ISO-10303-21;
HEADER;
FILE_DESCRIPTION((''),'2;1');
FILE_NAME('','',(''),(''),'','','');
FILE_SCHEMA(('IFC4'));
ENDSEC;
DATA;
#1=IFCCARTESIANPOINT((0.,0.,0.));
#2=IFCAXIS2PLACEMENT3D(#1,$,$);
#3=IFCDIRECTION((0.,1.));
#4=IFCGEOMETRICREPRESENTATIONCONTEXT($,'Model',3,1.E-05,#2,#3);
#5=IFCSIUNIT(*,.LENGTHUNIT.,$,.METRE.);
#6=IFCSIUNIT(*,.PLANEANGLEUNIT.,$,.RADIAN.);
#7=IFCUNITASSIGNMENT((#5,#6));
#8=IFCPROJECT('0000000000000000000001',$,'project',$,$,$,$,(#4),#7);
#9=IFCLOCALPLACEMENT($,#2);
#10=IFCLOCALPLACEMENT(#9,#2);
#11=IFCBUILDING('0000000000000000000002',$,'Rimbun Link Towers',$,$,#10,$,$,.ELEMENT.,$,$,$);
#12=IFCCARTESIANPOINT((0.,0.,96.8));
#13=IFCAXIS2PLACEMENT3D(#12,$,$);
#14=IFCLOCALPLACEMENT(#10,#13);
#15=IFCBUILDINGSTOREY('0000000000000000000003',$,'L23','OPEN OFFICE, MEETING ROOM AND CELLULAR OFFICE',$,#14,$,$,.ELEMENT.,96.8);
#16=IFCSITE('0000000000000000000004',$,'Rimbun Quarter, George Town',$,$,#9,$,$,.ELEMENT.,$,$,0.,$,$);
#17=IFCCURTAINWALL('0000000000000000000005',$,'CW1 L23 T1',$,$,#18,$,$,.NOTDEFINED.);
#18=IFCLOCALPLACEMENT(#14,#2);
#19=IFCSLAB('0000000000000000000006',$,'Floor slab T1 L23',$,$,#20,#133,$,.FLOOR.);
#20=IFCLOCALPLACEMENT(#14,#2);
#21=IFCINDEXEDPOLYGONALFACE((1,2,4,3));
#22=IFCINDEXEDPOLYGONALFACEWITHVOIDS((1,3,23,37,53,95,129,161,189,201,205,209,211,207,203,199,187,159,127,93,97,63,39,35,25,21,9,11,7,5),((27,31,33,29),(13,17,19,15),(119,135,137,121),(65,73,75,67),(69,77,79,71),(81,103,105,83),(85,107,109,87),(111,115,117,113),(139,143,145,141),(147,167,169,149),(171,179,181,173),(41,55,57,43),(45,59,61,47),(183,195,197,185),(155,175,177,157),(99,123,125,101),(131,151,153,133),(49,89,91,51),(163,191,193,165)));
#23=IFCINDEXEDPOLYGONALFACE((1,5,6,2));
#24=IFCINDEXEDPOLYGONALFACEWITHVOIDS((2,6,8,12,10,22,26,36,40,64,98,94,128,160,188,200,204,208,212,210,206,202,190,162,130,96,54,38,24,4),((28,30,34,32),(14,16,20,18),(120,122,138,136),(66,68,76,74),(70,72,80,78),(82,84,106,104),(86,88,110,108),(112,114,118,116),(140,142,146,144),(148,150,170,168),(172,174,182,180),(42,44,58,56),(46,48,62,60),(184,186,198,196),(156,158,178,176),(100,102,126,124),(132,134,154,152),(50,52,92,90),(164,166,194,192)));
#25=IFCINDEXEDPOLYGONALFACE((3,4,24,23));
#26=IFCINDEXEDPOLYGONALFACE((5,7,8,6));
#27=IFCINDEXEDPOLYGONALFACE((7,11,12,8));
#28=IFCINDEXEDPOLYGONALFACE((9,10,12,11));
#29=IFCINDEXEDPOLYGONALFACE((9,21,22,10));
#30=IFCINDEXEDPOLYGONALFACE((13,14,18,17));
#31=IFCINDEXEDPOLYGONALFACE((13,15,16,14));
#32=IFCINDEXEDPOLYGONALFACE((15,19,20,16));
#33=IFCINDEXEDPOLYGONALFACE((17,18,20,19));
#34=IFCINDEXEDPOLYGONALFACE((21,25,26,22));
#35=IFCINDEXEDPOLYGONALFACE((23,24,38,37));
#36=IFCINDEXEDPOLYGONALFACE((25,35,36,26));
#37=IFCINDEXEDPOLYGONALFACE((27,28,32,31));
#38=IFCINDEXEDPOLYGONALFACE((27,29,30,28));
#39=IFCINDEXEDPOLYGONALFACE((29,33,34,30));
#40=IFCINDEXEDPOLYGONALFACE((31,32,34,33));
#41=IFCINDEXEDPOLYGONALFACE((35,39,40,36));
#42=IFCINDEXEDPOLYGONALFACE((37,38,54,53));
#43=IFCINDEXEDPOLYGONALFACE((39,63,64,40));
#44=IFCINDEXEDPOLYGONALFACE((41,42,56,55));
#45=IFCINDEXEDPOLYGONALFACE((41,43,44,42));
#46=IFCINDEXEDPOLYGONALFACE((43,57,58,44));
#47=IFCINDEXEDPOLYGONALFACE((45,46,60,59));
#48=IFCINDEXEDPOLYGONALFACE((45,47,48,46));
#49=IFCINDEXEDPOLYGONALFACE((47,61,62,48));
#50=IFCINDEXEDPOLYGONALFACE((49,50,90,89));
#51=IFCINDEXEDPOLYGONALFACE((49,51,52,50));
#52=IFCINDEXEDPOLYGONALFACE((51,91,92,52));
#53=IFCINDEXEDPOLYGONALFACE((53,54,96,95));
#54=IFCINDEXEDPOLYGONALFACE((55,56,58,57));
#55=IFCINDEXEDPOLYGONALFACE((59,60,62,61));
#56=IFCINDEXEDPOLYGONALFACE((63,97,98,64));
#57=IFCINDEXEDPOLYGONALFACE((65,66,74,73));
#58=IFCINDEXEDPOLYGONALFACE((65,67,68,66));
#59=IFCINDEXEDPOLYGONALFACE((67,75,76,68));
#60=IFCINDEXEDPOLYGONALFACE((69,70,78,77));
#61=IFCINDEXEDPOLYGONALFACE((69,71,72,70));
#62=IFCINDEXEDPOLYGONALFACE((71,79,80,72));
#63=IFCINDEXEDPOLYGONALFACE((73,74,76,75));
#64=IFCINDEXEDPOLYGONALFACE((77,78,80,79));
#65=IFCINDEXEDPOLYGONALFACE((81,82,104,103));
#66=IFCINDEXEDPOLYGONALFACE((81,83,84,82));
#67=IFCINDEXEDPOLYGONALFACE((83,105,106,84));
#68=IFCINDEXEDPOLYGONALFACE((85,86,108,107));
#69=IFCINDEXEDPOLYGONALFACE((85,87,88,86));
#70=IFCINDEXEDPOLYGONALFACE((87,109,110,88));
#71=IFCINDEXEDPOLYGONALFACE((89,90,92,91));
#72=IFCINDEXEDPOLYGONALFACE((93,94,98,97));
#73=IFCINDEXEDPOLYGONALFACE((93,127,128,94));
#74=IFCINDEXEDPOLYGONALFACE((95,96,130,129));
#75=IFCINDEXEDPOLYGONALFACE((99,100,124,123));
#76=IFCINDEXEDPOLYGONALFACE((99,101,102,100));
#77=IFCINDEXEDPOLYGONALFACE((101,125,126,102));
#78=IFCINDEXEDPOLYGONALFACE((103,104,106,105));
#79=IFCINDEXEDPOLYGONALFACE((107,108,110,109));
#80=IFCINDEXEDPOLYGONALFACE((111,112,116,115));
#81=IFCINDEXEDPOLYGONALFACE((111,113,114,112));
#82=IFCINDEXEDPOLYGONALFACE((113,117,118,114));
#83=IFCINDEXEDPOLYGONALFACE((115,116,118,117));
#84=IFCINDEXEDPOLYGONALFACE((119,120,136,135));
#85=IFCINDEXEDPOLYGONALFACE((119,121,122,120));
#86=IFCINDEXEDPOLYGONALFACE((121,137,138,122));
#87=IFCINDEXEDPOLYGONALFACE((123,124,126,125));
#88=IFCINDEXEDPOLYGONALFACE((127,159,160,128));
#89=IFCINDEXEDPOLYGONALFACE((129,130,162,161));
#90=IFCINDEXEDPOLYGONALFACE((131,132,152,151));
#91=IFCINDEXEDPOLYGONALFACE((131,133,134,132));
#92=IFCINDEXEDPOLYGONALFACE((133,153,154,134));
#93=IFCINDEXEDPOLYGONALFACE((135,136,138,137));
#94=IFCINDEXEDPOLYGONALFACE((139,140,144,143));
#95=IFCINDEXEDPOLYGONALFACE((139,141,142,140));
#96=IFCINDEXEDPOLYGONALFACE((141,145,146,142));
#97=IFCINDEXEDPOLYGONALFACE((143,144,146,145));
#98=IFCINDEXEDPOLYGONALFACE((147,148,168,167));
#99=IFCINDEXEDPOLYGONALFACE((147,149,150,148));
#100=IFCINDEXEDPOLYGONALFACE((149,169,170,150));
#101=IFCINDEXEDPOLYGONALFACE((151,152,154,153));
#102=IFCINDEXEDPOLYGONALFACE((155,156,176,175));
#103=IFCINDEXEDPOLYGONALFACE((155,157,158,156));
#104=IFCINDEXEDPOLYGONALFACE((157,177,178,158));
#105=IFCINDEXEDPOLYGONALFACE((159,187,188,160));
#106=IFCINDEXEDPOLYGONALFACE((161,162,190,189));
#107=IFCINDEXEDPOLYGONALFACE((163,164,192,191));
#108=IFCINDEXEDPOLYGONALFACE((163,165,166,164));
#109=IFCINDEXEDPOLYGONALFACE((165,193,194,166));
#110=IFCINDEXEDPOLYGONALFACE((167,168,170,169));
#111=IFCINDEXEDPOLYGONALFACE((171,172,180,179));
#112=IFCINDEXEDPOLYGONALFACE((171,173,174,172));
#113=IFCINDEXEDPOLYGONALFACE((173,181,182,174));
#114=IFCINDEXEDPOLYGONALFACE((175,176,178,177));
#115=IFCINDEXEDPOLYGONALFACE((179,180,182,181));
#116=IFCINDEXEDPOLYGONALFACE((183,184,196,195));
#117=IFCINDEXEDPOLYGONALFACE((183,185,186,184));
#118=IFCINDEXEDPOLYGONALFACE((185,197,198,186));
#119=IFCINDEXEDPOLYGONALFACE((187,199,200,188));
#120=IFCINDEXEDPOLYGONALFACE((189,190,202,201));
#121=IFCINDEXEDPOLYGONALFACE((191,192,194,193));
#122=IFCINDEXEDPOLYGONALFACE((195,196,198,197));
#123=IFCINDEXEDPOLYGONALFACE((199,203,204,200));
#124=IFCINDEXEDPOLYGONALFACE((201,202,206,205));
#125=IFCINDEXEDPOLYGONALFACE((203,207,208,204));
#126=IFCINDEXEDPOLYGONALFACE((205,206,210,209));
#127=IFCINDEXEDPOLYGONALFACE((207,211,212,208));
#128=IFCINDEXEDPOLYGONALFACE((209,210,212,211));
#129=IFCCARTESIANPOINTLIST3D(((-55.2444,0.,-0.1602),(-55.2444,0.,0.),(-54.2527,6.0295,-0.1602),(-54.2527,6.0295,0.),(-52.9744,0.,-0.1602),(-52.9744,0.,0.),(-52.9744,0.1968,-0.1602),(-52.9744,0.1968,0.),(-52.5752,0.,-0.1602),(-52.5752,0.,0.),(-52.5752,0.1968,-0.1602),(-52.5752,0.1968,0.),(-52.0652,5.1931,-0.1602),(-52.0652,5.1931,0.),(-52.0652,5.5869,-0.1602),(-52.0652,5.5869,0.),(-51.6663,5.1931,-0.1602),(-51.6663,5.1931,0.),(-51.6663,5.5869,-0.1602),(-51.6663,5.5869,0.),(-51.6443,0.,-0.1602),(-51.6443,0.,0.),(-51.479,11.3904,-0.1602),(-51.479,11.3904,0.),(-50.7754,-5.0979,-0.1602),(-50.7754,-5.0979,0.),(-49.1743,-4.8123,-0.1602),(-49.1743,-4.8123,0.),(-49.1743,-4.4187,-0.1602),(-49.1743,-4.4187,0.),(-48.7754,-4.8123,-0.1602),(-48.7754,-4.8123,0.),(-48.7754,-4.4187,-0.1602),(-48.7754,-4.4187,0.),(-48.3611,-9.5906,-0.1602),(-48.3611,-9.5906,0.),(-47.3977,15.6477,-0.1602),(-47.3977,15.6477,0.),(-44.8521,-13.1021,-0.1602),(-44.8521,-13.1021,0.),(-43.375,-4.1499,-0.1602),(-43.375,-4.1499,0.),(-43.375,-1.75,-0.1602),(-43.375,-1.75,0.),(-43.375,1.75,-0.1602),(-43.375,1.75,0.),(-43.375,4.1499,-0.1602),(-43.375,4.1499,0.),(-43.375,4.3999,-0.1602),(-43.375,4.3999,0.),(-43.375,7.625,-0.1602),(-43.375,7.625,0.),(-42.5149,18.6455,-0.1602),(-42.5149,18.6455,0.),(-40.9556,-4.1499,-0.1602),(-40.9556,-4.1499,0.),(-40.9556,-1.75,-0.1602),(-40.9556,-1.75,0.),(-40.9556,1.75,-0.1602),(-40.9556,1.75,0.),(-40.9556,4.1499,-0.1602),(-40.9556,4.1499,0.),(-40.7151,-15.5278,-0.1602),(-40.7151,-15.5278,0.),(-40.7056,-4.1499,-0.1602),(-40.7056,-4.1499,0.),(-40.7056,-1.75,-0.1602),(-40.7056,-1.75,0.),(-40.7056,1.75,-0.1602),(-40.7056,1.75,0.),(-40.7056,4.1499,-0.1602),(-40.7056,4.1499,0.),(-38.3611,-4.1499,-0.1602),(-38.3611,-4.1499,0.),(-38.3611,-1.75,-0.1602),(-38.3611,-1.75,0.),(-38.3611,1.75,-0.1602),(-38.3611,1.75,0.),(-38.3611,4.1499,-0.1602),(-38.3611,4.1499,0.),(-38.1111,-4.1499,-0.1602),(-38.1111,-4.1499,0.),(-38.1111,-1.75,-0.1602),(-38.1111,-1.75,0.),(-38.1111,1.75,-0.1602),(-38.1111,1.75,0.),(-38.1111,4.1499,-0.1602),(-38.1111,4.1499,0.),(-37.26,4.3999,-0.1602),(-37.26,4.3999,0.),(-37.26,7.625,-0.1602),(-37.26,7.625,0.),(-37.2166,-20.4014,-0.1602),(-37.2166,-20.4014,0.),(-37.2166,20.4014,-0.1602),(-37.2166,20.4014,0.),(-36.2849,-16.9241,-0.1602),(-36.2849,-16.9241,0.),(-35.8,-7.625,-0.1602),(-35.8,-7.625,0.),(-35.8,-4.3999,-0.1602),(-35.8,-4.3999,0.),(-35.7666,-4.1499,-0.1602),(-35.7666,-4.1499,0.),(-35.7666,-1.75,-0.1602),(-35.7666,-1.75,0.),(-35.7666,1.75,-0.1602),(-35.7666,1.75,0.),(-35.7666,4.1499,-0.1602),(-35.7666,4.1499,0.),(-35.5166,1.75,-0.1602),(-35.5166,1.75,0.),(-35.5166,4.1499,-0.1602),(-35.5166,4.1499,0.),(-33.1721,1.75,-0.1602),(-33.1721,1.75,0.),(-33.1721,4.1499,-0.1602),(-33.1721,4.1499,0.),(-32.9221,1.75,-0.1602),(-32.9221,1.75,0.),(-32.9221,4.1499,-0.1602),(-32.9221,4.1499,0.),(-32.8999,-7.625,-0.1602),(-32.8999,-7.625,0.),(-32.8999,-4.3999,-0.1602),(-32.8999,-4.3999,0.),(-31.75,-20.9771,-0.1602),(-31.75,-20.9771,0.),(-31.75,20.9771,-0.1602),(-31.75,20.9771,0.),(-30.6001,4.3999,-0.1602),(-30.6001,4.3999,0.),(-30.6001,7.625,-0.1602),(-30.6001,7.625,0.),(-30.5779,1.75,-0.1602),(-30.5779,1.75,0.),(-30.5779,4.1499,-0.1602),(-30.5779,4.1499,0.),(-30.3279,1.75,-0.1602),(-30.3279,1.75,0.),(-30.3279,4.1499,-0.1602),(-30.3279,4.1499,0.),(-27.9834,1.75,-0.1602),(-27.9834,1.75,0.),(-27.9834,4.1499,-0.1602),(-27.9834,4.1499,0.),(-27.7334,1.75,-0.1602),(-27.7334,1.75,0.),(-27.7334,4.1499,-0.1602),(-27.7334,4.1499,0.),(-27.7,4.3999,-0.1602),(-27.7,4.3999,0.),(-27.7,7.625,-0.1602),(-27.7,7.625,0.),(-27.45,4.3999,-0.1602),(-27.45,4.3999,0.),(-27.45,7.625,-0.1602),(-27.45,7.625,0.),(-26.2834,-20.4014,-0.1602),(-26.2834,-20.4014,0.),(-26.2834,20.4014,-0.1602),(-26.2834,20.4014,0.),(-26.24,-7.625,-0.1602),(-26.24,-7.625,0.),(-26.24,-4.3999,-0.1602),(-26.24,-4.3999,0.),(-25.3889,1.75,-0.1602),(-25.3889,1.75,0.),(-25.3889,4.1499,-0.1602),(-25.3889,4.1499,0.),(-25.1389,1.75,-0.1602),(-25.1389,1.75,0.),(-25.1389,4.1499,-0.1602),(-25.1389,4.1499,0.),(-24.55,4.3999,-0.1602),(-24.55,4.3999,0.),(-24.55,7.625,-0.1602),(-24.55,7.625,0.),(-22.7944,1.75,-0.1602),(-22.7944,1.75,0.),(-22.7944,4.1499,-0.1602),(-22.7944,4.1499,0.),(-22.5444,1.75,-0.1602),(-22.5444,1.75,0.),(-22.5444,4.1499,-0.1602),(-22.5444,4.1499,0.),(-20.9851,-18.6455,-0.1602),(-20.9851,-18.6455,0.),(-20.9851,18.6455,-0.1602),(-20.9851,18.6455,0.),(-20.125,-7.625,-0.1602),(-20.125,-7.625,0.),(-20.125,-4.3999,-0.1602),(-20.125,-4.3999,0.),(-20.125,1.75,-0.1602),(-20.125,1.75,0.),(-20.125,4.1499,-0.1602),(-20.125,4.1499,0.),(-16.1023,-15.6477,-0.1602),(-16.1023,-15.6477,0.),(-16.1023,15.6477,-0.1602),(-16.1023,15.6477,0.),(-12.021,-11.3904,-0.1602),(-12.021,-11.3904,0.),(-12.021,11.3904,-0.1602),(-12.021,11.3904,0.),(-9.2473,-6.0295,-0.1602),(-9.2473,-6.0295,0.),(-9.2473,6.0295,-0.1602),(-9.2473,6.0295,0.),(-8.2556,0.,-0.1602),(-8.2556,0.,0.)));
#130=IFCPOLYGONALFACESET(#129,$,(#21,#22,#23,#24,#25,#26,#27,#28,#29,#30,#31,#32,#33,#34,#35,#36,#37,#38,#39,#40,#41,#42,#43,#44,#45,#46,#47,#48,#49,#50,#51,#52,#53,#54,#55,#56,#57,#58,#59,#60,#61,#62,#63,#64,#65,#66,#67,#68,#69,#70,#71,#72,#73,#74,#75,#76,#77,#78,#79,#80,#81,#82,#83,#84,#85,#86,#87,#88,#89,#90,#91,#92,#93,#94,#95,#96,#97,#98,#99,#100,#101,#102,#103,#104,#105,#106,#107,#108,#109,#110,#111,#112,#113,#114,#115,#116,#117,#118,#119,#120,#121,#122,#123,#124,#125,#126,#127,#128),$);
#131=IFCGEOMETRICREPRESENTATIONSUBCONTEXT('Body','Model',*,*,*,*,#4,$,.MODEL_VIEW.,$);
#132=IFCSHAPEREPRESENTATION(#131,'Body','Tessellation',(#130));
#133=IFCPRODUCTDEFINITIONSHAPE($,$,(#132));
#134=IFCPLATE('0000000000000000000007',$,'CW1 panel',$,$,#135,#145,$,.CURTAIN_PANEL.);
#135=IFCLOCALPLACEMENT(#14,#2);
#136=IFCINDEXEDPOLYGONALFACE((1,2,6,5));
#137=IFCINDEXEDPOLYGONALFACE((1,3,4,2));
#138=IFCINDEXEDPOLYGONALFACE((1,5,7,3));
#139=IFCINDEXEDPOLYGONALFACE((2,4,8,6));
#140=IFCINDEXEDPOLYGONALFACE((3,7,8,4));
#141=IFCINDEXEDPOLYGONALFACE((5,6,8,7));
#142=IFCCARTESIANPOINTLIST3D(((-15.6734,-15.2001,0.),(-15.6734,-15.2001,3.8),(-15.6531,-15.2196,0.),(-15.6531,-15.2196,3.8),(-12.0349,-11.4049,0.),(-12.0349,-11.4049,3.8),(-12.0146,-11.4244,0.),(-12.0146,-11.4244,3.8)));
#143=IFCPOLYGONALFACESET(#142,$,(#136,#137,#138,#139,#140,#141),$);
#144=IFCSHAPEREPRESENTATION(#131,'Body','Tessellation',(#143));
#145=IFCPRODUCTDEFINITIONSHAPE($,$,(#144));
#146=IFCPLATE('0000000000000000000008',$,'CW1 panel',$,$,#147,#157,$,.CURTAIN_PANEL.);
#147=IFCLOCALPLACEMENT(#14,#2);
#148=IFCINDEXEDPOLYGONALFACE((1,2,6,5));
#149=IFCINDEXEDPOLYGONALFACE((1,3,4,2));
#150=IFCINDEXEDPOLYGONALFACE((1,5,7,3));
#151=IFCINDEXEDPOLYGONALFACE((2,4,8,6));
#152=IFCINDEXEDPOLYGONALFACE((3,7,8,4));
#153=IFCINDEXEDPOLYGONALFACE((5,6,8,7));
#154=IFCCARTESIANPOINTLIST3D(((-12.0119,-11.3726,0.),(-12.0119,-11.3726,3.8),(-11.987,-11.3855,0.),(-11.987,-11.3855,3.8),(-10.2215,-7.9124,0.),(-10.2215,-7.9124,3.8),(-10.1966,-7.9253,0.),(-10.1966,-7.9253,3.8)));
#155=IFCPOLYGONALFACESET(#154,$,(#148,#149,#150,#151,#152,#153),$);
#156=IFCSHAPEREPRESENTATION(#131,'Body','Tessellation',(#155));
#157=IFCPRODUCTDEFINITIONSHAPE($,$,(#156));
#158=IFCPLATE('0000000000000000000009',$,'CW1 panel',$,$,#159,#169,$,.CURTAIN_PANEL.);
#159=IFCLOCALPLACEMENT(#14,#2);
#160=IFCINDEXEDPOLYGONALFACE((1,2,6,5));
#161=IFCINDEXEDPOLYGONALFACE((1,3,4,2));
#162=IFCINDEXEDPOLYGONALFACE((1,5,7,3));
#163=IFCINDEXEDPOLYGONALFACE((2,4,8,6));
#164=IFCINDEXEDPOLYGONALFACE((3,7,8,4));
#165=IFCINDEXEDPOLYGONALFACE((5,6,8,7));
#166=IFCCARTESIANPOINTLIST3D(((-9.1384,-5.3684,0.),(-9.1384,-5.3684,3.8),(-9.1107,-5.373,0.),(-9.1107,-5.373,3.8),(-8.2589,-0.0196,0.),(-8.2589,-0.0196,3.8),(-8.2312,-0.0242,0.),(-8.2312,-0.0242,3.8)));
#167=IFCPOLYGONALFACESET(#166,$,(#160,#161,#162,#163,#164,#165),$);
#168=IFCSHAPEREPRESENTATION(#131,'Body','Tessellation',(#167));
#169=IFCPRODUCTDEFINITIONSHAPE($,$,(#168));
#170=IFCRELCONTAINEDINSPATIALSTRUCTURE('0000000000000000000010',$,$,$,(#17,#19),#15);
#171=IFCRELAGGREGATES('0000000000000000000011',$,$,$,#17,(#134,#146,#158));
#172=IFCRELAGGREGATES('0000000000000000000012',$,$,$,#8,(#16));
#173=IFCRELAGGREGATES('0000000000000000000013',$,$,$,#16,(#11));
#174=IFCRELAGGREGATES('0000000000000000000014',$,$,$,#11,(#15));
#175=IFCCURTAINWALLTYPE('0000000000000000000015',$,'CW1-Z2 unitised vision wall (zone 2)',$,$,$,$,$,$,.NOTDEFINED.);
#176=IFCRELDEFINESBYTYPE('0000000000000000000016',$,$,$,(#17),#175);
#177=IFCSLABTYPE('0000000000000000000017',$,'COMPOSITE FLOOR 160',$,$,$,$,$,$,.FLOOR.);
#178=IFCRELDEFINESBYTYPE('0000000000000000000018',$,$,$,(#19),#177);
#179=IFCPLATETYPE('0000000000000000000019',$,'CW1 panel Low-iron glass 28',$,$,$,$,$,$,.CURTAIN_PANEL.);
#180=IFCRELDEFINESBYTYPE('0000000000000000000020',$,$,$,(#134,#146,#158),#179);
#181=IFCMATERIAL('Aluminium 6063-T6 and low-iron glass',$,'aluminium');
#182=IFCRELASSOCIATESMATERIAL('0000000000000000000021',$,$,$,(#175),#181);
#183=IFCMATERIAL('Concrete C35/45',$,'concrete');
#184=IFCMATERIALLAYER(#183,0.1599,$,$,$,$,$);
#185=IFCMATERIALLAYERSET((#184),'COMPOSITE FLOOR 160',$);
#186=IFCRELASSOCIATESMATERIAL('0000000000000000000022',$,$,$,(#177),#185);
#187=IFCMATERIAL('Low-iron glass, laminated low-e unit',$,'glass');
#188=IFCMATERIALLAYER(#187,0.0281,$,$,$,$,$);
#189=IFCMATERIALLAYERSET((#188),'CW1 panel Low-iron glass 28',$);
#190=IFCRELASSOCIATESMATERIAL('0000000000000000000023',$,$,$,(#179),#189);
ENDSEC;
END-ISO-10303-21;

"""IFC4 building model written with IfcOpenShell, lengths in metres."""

from ifc_helpers import new_model, si_unit, direction, frame, origin, origin_2d, place, context, subcontext, project, spatial, polyline, rectangle, outline, extrude, material, layer, layer_set, type_object, element, aggregate, save


model = new_model("IFC4")

# Units and contexts
model_context = context("Model", 3, precision=1e-05, world=origin(), true_north=direction((0.0, 1.0)))
body_context = subcontext(model_context, "Body", "Model", "MODEL_VIEW")
ifc_project = project(units=[si_unit("LENGTHUNIT", "METRE"), si_unit("PLANEANGLEUNIT", "RADIAN")], contexts=[model_context])

# Site, building, storey
site_placement = place(None, origin())
site = spatial("IfcSite", under=ifc_project, at=site_placement, Name="Rimbun Quarter, George Town", CompositionType="ELEMENT", RefElevation=0.0)
building_placement = place(site_placement, origin())
building = spatial("IfcBuilding", under=site, at=building_placement, Name="Rimbun Link Towers", CompositionType="ELEMENT")
storey_placement = place(building_placement, frame((0.0, 0.0, 96.8)))
storey = spatial("IfcBuildingStorey", under=building, at=storey_placement, Name="L23", Description="OPEN OFFICE, MEETING ROOM AND CELLULAR OFFICE", CompositionType="ELEMENT", Elevation=96.8)

# Curtain wall
ifc_material_1 = material(Name="Aluminium 6063-T6 and low-iron glass", Category="aluminium")
curtain_wall_type = type_object("IfcCurtainWallType", Name="CW1-Z2 unitised vision wall (zone 2)", PredefinedType="NOTDEFINED", material=ifc_material_1)
curtain_wall_placement = place(storey_placement, origin())
curtain_wall = element("IfcCurtainWall", 1, at=curtain_wall_placement, inside=storey, type_object=curtain_wall_type, Name="CW1 L23 T1", PredefinedType="NOTDEFINED")

# Slab
ifc_material_2 = material(Name="Concrete C35/45", Category="concrete")
ifc_layer_1 = layer(ifc_material_2, 0.1599)
ifc_layer_set_1 = layer_set([ifc_layer_1], Name="COMPOSITE FLOOR 160")
slab_type = type_object("IfcSlabType", Name="COMPOSITE FLOOR 160", PredefinedType="FLOOR", material=ifc_layer_set_1)
slab_placement = place(storey_placement, frame((0.0, 0.0, -0.1602)))
element("IfcSlab", 2, at=slab_placement, inside=storey, type_object=slab_type, Name="Floor slab T1 L23", PredefinedType="FLOOR", context=body_context, shape_type="SweptSolid", body=[
    extrude(outline(polyline([(-55.2444, 0.0), (-54.2527, 6.0295), (-51.479, 11.3904), (-47.3977, 15.6477), (-42.5149, 18.6455), (-37.2166, 20.4014), (-31.75, 20.9771), (-26.2834, 20.4014), (-20.9851, 18.6455), (-16.1023, 15.6477), (-12.021, 11.3904), (-9.2473, 6.0295), (-8.2556, 0.0), (-9.2473, -6.0295), (-12.021, -11.3904), (-16.1023, -15.6477), (-20.9851, -18.6455), (-26.2834, -20.4014), (-31.75, -20.9771), (-37.2166, -20.4014), (-36.2849, -16.9241), (-40.7151, -15.5278), (-44.8521, -13.1021), (-48.3611, -9.5906), (-50.7754, -5.0979), (-51.6443, 0.0), (-52.5752, 0.0), (-52.5752, 0.1968), (-52.9744, 0.1968), (-52.9744, 0.0), (-55.2444, 0.0)]), holes=[polyline([(-48.7754, -4.8123), (-48.7754, -4.4187), (-49.1743, -4.4187), (-49.1743, -4.8123), (-48.7754, -4.8123)]), polyline([(-40.9556, -4.1499), (-40.9556, -1.75), (-43.375, -1.75), (-43.375, -4.1499), (-40.9556, -4.1499)]), polyline([(-38.3611, -4.1499), (-38.3611, -1.75), (-40.7056, -1.75), (-40.7056, -4.1499), (-38.3611, -4.1499)]), polyline([(-38.1111, -4.1499), (-35.7666, -4.1499), (-35.7666, -1.75), (-38.1111, -1.75), (-38.1111, -4.1499)]), polyline([(-40.9556, 1.75), (-40.9556, 4.1499), (-43.375, 4.1499), (-43.375, 1.75), (-40.9556, 1.75)]), polyline([(-38.3611, 1.75), (-38.3611, 4.1499), (-40.7056, 4.1499), (-40.7056, 1.75), (-38.3611, 1.75)]), polyline([(-35.7666, 1.75), (-35.7666, 4.1499), (-38.1111, 4.1499), (-38.1111, 1.75), (-35.7666, 1.75)]), polyline([(-52.0652, 5.1931), (-51.6663, 5.1931), (-51.6663, 5.5869), (-52.0652, 5.5869), (-52.0652, 5.1931)]), polyline([(-43.375, 4.3999), (-37.26, 4.3999), (-37.26, 7.625), (-43.375, 7.625), (-43.375, 4.3999)]), polyline([(-32.8999, -7.625), (-32.8999, -4.3999), (-35.8, -4.3999), (-35.8, -7.625), (-32.8999, -7.625)]), polyline([(-20.125, -7.625), (-20.125, -4.3999), (-26.24, -4.3999), (-26.24, -7.625), (-20.125, -7.625)]), polyline([(-33.1721, 1.75), (-33.1721, 4.1499), (-35.5166, 4.1499), (-35.5166, 1.75), (-33.1721, 1.75)]), polyline([(-32.9221, 1.75), (-30.5779, 1.75), (-30.5779, 4.1499), (-32.9221, 4.1499), (-32.9221, 1.75)]), polyline([(-30.3279, 1.75), (-27.9834, 1.75), (-27.9834, 4.1499), (-30.3279, 4.1499), (-30.3279, 1.75)]), polyline([(-25.3889, 1.75), (-25.3889, 4.1499), (-27.7334, 4.1499), (-27.7334, 1.75), (-25.3889, 1.75)]), polyline([(-22.7944, 1.75), (-22.7944, 4.1499), (-25.1389, 4.1499), (-25.1389, 1.75), (-22.7944, 1.75)]), polyline([(-20.125, 1.75), (-20.125, 4.1499), (-22.5444, 4.1499), (-22.5444, 1.75), (-20.125, 1.75)]), polyline([(-30.6001, 4.3999), (-27.7, 4.3999), (-27.7, 7.625), (-30.6001, 7.625), (-30.6001, 4.3999)]), polyline([(-27.45, 4.3999), (-24.55, 4.3999), (-24.55, 7.625), (-27.45, 7.625), (-27.45, 4.3999)])]), origin(), (0.0, 0.0, 1.0), 0.1602),
])

# Plates
ifc_material_3 = material(Name="Low-iron glass, laminated low-e unit", Category="glass")
ifc_layer_2 = layer(ifc_material_3, 0.0281)
ifc_layer_set_2 = layer_set([ifc_layer_2], Name="CW1 panel Low-iron glass 28")
plate_type = type_object("IfcPlateType", Name="CW1 panel Low-iron glass 28", PredefinedType="CURTAIN_PANEL", material=ifc_layer_set_2)
plate_1_placement = place(storey_placement, frame((-13.844, -13.3123, 0.0), z_axis=(0.0, 0.0, 1.0), x_axis=(-0.692045, -0.721854, 0.0)))
plate_1 = element("IfcPlate", 3, at=plate_1_placement, type_object=plate_type, Name="CW1 panel", PredefinedType="CURTAIN_PANEL", context=body_context, shape_type="SweptSolid", body=[
    extrude(rectangle(XDim=5.2576, YDim=0.0281, at=origin_2d()), origin(), (0.0, 0.0, 1.0), 3.8),
])
plate_2_placement = place(storey_placement, frame((-11.1042, -9.6489, 0.0), z_axis=(0.0, 0.0, 1.0), x_axis=(-0.459556, -0.888149, 0.0)))
plate_2 = element("IfcPlate", 4, at=plate_2_placement, type_object=plate_type, Name="CW1 panel", PredefinedType="CURTAIN_PANEL", context=body_context, shape_type="SweptSolid", body=[
    extrude(rectangle(XDim=3.896, YDim=0.0281, at=origin_2d()), origin(), (0.0, 0.0, 1.0), 3.8),
])
plate_3_placement = place(storey_placement, frame((-8.6848, -2.6963, 0.0), z_axis=(0.0, 0.0, 1.0), x_axis=(-0.16226, -0.986748, 0.0)))
plate_3 = element("IfcPlate", 5, at=plate_3_placement, type_object=plate_type, Name="CW1 panel", PredefinedType="CURTAIN_PANEL", context=body_context, shape_type="SweptSolid", body=[
    extrude(rectangle(XDim=5.4207, YDim=0.0281, at=origin_2d()), origin(), (0.0, 0.0, 1.0), 3.8),
])
aggregate(curtain_wall, [plate_1, plate_2, plate_3])

save(model, "model.ifc")
